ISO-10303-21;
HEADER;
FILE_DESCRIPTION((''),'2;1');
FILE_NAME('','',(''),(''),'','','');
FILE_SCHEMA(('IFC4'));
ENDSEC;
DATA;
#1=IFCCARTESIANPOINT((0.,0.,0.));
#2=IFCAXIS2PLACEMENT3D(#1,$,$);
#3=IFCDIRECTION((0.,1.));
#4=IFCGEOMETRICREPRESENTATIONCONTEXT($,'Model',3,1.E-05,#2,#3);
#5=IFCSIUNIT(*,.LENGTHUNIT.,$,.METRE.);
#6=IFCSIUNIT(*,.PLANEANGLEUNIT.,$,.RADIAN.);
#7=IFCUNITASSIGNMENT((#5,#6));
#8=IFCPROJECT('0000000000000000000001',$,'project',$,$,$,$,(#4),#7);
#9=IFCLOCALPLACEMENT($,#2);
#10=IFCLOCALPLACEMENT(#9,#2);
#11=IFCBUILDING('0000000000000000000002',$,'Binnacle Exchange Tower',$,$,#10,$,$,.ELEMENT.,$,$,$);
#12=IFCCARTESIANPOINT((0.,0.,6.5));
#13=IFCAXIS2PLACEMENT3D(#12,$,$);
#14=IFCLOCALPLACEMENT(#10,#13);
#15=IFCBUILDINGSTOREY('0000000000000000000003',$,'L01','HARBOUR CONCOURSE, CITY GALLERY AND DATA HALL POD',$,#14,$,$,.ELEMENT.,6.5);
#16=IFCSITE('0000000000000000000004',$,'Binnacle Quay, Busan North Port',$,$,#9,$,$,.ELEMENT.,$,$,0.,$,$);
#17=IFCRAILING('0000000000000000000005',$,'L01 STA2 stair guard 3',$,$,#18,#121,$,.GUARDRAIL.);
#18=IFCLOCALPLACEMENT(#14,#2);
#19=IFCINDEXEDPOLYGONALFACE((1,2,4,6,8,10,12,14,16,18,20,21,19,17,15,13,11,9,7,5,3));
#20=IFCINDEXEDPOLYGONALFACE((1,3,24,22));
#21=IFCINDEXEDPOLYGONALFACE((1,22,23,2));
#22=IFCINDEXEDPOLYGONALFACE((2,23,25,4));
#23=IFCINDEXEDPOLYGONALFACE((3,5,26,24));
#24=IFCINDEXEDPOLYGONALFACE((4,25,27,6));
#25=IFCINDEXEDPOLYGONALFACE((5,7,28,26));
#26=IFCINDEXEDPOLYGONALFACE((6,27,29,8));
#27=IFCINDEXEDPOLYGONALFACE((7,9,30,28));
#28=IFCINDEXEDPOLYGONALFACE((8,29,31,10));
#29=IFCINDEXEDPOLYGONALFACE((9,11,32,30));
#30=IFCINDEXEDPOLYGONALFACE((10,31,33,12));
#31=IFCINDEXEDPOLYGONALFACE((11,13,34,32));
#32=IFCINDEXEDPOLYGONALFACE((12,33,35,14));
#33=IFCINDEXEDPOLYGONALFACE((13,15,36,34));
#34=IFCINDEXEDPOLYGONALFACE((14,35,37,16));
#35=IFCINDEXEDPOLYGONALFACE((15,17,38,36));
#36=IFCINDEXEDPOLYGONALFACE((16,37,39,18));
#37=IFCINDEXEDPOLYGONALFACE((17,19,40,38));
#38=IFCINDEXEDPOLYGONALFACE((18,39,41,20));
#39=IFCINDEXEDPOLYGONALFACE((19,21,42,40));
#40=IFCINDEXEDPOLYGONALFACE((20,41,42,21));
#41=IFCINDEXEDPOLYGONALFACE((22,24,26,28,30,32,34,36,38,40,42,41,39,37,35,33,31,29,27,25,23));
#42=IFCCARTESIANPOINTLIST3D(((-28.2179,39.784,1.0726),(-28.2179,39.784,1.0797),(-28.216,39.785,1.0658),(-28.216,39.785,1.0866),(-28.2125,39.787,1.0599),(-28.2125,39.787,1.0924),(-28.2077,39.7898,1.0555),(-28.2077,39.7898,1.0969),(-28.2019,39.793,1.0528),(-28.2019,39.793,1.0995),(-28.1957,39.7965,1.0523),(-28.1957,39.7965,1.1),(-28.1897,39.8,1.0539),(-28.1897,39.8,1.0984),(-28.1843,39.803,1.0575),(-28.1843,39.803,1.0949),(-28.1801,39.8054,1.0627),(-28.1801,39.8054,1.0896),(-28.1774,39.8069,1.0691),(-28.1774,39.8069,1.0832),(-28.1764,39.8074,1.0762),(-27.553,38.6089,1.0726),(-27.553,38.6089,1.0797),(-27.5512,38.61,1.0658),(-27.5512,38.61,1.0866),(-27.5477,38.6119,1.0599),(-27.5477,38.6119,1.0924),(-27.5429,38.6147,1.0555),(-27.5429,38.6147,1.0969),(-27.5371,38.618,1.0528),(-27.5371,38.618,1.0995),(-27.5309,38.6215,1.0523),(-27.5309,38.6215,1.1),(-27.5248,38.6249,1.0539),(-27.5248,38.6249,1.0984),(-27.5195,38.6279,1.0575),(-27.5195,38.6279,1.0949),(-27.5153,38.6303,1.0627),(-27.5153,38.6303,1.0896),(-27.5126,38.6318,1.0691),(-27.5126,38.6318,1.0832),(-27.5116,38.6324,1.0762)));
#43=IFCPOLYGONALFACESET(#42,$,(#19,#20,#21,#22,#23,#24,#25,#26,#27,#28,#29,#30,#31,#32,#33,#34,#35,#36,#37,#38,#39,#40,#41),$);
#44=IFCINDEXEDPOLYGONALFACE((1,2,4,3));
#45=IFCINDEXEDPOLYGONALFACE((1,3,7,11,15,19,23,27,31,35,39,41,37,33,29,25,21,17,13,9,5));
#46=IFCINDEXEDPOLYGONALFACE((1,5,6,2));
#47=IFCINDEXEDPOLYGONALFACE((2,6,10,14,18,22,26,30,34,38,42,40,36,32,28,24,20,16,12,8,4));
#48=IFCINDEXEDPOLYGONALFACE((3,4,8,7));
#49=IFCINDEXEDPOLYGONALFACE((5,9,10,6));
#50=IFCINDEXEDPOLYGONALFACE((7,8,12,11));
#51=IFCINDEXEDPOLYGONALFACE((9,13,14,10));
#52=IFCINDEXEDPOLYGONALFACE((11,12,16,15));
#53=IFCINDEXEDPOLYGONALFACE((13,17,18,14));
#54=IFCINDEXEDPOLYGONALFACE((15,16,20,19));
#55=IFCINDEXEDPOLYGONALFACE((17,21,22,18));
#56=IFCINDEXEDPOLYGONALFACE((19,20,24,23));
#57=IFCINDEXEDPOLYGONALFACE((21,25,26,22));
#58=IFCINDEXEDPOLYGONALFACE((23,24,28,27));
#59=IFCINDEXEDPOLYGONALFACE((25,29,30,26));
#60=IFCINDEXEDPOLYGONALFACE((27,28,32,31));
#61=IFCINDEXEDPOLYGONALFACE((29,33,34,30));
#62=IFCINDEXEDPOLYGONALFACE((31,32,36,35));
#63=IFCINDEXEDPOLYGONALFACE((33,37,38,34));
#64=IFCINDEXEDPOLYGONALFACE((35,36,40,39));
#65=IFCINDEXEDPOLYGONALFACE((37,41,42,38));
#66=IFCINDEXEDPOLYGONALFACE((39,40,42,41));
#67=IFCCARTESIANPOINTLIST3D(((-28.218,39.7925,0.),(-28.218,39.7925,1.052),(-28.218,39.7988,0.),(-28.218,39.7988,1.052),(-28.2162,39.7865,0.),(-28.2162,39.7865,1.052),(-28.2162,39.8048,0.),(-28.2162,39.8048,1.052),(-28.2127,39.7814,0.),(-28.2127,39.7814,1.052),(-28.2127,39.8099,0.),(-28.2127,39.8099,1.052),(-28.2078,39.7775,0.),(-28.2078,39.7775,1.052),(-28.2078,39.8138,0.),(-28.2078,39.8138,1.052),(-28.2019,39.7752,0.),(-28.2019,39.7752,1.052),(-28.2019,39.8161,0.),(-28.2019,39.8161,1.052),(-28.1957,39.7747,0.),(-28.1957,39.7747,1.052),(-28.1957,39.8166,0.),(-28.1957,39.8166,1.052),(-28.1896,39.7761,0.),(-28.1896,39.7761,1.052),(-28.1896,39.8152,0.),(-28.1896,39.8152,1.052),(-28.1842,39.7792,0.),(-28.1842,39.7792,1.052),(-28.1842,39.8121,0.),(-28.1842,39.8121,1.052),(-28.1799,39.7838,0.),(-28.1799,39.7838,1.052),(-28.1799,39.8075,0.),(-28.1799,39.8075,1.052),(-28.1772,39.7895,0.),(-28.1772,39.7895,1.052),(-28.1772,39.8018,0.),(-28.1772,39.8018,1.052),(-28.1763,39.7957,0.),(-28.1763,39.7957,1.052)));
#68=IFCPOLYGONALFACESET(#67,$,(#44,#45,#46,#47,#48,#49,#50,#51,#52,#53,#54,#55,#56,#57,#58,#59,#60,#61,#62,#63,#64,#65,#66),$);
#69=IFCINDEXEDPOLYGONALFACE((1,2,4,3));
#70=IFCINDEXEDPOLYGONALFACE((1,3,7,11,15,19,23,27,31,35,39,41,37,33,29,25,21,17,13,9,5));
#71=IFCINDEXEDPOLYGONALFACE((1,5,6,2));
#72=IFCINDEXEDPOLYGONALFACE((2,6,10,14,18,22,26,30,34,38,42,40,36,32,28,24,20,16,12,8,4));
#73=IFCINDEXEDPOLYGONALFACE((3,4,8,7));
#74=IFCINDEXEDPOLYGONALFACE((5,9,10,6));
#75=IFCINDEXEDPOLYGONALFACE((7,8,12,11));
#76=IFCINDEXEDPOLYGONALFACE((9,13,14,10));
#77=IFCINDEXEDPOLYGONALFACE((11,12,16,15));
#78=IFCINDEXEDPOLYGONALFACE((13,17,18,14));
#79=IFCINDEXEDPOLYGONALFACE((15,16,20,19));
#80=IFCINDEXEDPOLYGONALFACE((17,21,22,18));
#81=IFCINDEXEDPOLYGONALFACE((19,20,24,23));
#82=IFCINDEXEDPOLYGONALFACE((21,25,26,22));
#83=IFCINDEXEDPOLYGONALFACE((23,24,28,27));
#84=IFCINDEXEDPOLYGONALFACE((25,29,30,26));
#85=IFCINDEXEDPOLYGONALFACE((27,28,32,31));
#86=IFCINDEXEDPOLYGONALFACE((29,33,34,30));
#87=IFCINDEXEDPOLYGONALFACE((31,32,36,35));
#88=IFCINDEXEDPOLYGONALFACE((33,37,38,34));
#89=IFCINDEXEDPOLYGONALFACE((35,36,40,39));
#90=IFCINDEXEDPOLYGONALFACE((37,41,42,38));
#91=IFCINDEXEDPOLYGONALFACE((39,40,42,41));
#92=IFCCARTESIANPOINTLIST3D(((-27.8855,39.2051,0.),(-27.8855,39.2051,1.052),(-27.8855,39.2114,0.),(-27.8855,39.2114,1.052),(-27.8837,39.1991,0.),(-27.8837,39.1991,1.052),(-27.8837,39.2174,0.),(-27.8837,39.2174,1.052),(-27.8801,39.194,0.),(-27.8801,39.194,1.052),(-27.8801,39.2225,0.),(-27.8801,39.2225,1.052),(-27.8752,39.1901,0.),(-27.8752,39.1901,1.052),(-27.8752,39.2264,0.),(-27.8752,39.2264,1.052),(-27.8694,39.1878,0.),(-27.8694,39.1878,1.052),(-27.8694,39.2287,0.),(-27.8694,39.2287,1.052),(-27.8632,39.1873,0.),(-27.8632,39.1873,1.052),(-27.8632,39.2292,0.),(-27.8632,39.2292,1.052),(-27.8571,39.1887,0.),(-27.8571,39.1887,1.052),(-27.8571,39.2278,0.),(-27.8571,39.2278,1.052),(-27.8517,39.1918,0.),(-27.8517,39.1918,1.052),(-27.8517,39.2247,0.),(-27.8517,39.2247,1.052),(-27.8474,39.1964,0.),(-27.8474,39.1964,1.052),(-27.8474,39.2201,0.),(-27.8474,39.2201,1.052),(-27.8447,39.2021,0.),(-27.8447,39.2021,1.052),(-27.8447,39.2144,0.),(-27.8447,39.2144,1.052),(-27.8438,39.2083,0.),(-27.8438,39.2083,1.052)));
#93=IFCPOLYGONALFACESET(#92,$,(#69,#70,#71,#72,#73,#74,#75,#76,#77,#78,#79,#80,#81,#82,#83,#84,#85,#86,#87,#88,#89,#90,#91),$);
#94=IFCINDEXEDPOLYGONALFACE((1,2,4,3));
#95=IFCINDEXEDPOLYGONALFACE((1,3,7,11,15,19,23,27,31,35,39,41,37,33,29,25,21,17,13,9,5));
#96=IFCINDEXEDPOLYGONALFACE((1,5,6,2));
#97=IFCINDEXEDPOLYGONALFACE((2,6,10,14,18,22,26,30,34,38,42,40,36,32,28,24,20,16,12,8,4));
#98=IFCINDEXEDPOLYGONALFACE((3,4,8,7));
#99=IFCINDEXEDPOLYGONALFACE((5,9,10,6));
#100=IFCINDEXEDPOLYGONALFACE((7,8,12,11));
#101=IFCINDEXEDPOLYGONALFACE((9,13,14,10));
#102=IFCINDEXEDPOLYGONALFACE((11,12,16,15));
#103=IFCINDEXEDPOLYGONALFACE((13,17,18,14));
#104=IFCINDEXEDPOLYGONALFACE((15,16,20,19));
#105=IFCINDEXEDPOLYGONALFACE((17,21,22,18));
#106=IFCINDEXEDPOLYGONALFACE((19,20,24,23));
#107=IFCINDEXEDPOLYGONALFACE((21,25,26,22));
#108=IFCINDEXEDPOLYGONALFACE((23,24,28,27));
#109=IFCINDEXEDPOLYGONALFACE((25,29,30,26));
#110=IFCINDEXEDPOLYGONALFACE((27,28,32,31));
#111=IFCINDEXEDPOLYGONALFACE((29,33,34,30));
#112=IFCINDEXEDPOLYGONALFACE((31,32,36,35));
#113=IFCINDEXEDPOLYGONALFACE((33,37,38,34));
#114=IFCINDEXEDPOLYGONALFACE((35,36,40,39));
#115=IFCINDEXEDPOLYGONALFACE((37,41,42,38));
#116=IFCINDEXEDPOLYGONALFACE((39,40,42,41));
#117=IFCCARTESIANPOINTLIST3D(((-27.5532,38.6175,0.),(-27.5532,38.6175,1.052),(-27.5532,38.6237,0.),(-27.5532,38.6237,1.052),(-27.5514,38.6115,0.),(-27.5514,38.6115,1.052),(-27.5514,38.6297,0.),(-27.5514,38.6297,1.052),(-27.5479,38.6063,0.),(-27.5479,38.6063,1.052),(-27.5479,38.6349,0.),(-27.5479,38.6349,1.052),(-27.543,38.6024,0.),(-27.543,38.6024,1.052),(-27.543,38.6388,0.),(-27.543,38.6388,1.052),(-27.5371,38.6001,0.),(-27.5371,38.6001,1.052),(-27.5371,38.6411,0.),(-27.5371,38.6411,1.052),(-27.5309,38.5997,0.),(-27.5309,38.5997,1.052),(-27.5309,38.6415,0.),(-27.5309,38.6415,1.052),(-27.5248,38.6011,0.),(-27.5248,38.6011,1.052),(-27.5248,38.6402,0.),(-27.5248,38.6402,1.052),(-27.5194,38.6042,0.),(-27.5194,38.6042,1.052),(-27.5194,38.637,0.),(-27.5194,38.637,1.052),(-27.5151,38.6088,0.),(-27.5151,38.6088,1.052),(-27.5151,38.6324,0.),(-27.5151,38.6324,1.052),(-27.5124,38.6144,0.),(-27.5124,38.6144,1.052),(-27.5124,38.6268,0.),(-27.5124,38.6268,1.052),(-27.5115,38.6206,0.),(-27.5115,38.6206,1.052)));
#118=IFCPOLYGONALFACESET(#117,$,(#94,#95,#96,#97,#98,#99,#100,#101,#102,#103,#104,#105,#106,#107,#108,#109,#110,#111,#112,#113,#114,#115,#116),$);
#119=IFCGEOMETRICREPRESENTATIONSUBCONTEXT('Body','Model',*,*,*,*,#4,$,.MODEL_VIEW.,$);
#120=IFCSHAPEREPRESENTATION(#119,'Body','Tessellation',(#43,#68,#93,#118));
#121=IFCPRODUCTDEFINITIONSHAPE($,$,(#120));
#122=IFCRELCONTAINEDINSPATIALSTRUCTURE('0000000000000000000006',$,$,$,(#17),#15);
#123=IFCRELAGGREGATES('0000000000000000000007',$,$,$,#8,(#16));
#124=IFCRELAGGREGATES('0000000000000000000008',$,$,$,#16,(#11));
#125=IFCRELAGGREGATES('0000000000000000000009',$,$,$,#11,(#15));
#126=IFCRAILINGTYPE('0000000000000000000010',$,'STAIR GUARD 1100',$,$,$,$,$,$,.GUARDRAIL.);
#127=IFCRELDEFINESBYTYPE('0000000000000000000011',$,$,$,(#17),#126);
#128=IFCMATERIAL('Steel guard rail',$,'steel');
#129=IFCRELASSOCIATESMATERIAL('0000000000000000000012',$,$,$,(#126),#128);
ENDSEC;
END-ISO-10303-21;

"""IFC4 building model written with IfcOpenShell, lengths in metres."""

from ifc_helpers import new_model, si_unit, direction, frame, origin, origin_2d, place, context, subcontext, project, spatial, circle, extrude, material, type_object, element, save


model = new_model("IFC4")

# Units and contexts
model_context = context("Model", 3, precision=1e-05, world=origin(), true_north=direction((0.0, 1.0)))
body_context = subcontext(model_context, "Body", "Model", "MODEL_VIEW")
ifc_project = project(units=[si_unit("LENGTHUNIT", "METRE"), si_unit("PLANEANGLEUNIT", "RADIAN")], contexts=[model_context])

# Site, building, storey
site_placement = place(None, origin())
site = spatial("IfcSite", under=ifc_project, at=site_placement, Name="Binnacle Quay, Busan North Port", CompositionType="ELEMENT", RefElevation=0.0)
building_placement = place(site_placement, origin())
building = spatial("IfcBuilding", under=site, at=building_placement, Name="Binnacle Exchange Tower", CompositionType="ELEMENT")
storey_placement = place(building_placement, frame((0.0, 0.0, 6.5)))
storey = spatial("IfcBuildingStorey", under=building, at=storey_placement, Name="L01", Description="HARBOUR CONCOURSE, CITY GALLERY AND DATA HALL POD", CompositionType="ELEMENT", Elevation=6.5)

# Railing
ifc_material_1 = material(Name="Steel guard rail", Category="steel")
railing_type_1 = type_object("IfcRailingType", Name="STAIR GUARD 1100", PredefinedType="GUARDRAIL", material=ifc_material_1)
railing_1_placement = place(storey_placement, frame((-28.1973, 39.7957, 0.0)))
element("IfcRailing", 1, at=railing_1_placement, inside=storey, type_object=railing_type_1, Name="L01 STA2 stair guard 3", PredefinedType="GUARDRAIL", context=body_context, shape_type="SweptSolid", body=[
    extrude(circle(Radius=0.0239, at=origin_2d()), frame((0.0, 0.0, 1.0762), z_axis=(0.492415, -0.870361, 0.0), x_axis=(0.870361, 0.492415, 0.0)), (0.0, 0.0, 1.0), 1.3501),
    extrude(circle(Radius=0.021, at=origin_2d()), origin(), (0.0, 0.0, 1.0), 1.052),
    extrude(circle(Radius=0.021, at=origin_2d()), frame((0.3325, -0.5874, 0.0)), (0.0, 0.0, 1.0), 1.052),
    extrude(circle(Radius=0.021, at=origin_2d()), frame((0.6648, -1.175, 0.0)), (0.0, 0.0, 1.0), 1.052),
])

save(model, "model.ifc")
